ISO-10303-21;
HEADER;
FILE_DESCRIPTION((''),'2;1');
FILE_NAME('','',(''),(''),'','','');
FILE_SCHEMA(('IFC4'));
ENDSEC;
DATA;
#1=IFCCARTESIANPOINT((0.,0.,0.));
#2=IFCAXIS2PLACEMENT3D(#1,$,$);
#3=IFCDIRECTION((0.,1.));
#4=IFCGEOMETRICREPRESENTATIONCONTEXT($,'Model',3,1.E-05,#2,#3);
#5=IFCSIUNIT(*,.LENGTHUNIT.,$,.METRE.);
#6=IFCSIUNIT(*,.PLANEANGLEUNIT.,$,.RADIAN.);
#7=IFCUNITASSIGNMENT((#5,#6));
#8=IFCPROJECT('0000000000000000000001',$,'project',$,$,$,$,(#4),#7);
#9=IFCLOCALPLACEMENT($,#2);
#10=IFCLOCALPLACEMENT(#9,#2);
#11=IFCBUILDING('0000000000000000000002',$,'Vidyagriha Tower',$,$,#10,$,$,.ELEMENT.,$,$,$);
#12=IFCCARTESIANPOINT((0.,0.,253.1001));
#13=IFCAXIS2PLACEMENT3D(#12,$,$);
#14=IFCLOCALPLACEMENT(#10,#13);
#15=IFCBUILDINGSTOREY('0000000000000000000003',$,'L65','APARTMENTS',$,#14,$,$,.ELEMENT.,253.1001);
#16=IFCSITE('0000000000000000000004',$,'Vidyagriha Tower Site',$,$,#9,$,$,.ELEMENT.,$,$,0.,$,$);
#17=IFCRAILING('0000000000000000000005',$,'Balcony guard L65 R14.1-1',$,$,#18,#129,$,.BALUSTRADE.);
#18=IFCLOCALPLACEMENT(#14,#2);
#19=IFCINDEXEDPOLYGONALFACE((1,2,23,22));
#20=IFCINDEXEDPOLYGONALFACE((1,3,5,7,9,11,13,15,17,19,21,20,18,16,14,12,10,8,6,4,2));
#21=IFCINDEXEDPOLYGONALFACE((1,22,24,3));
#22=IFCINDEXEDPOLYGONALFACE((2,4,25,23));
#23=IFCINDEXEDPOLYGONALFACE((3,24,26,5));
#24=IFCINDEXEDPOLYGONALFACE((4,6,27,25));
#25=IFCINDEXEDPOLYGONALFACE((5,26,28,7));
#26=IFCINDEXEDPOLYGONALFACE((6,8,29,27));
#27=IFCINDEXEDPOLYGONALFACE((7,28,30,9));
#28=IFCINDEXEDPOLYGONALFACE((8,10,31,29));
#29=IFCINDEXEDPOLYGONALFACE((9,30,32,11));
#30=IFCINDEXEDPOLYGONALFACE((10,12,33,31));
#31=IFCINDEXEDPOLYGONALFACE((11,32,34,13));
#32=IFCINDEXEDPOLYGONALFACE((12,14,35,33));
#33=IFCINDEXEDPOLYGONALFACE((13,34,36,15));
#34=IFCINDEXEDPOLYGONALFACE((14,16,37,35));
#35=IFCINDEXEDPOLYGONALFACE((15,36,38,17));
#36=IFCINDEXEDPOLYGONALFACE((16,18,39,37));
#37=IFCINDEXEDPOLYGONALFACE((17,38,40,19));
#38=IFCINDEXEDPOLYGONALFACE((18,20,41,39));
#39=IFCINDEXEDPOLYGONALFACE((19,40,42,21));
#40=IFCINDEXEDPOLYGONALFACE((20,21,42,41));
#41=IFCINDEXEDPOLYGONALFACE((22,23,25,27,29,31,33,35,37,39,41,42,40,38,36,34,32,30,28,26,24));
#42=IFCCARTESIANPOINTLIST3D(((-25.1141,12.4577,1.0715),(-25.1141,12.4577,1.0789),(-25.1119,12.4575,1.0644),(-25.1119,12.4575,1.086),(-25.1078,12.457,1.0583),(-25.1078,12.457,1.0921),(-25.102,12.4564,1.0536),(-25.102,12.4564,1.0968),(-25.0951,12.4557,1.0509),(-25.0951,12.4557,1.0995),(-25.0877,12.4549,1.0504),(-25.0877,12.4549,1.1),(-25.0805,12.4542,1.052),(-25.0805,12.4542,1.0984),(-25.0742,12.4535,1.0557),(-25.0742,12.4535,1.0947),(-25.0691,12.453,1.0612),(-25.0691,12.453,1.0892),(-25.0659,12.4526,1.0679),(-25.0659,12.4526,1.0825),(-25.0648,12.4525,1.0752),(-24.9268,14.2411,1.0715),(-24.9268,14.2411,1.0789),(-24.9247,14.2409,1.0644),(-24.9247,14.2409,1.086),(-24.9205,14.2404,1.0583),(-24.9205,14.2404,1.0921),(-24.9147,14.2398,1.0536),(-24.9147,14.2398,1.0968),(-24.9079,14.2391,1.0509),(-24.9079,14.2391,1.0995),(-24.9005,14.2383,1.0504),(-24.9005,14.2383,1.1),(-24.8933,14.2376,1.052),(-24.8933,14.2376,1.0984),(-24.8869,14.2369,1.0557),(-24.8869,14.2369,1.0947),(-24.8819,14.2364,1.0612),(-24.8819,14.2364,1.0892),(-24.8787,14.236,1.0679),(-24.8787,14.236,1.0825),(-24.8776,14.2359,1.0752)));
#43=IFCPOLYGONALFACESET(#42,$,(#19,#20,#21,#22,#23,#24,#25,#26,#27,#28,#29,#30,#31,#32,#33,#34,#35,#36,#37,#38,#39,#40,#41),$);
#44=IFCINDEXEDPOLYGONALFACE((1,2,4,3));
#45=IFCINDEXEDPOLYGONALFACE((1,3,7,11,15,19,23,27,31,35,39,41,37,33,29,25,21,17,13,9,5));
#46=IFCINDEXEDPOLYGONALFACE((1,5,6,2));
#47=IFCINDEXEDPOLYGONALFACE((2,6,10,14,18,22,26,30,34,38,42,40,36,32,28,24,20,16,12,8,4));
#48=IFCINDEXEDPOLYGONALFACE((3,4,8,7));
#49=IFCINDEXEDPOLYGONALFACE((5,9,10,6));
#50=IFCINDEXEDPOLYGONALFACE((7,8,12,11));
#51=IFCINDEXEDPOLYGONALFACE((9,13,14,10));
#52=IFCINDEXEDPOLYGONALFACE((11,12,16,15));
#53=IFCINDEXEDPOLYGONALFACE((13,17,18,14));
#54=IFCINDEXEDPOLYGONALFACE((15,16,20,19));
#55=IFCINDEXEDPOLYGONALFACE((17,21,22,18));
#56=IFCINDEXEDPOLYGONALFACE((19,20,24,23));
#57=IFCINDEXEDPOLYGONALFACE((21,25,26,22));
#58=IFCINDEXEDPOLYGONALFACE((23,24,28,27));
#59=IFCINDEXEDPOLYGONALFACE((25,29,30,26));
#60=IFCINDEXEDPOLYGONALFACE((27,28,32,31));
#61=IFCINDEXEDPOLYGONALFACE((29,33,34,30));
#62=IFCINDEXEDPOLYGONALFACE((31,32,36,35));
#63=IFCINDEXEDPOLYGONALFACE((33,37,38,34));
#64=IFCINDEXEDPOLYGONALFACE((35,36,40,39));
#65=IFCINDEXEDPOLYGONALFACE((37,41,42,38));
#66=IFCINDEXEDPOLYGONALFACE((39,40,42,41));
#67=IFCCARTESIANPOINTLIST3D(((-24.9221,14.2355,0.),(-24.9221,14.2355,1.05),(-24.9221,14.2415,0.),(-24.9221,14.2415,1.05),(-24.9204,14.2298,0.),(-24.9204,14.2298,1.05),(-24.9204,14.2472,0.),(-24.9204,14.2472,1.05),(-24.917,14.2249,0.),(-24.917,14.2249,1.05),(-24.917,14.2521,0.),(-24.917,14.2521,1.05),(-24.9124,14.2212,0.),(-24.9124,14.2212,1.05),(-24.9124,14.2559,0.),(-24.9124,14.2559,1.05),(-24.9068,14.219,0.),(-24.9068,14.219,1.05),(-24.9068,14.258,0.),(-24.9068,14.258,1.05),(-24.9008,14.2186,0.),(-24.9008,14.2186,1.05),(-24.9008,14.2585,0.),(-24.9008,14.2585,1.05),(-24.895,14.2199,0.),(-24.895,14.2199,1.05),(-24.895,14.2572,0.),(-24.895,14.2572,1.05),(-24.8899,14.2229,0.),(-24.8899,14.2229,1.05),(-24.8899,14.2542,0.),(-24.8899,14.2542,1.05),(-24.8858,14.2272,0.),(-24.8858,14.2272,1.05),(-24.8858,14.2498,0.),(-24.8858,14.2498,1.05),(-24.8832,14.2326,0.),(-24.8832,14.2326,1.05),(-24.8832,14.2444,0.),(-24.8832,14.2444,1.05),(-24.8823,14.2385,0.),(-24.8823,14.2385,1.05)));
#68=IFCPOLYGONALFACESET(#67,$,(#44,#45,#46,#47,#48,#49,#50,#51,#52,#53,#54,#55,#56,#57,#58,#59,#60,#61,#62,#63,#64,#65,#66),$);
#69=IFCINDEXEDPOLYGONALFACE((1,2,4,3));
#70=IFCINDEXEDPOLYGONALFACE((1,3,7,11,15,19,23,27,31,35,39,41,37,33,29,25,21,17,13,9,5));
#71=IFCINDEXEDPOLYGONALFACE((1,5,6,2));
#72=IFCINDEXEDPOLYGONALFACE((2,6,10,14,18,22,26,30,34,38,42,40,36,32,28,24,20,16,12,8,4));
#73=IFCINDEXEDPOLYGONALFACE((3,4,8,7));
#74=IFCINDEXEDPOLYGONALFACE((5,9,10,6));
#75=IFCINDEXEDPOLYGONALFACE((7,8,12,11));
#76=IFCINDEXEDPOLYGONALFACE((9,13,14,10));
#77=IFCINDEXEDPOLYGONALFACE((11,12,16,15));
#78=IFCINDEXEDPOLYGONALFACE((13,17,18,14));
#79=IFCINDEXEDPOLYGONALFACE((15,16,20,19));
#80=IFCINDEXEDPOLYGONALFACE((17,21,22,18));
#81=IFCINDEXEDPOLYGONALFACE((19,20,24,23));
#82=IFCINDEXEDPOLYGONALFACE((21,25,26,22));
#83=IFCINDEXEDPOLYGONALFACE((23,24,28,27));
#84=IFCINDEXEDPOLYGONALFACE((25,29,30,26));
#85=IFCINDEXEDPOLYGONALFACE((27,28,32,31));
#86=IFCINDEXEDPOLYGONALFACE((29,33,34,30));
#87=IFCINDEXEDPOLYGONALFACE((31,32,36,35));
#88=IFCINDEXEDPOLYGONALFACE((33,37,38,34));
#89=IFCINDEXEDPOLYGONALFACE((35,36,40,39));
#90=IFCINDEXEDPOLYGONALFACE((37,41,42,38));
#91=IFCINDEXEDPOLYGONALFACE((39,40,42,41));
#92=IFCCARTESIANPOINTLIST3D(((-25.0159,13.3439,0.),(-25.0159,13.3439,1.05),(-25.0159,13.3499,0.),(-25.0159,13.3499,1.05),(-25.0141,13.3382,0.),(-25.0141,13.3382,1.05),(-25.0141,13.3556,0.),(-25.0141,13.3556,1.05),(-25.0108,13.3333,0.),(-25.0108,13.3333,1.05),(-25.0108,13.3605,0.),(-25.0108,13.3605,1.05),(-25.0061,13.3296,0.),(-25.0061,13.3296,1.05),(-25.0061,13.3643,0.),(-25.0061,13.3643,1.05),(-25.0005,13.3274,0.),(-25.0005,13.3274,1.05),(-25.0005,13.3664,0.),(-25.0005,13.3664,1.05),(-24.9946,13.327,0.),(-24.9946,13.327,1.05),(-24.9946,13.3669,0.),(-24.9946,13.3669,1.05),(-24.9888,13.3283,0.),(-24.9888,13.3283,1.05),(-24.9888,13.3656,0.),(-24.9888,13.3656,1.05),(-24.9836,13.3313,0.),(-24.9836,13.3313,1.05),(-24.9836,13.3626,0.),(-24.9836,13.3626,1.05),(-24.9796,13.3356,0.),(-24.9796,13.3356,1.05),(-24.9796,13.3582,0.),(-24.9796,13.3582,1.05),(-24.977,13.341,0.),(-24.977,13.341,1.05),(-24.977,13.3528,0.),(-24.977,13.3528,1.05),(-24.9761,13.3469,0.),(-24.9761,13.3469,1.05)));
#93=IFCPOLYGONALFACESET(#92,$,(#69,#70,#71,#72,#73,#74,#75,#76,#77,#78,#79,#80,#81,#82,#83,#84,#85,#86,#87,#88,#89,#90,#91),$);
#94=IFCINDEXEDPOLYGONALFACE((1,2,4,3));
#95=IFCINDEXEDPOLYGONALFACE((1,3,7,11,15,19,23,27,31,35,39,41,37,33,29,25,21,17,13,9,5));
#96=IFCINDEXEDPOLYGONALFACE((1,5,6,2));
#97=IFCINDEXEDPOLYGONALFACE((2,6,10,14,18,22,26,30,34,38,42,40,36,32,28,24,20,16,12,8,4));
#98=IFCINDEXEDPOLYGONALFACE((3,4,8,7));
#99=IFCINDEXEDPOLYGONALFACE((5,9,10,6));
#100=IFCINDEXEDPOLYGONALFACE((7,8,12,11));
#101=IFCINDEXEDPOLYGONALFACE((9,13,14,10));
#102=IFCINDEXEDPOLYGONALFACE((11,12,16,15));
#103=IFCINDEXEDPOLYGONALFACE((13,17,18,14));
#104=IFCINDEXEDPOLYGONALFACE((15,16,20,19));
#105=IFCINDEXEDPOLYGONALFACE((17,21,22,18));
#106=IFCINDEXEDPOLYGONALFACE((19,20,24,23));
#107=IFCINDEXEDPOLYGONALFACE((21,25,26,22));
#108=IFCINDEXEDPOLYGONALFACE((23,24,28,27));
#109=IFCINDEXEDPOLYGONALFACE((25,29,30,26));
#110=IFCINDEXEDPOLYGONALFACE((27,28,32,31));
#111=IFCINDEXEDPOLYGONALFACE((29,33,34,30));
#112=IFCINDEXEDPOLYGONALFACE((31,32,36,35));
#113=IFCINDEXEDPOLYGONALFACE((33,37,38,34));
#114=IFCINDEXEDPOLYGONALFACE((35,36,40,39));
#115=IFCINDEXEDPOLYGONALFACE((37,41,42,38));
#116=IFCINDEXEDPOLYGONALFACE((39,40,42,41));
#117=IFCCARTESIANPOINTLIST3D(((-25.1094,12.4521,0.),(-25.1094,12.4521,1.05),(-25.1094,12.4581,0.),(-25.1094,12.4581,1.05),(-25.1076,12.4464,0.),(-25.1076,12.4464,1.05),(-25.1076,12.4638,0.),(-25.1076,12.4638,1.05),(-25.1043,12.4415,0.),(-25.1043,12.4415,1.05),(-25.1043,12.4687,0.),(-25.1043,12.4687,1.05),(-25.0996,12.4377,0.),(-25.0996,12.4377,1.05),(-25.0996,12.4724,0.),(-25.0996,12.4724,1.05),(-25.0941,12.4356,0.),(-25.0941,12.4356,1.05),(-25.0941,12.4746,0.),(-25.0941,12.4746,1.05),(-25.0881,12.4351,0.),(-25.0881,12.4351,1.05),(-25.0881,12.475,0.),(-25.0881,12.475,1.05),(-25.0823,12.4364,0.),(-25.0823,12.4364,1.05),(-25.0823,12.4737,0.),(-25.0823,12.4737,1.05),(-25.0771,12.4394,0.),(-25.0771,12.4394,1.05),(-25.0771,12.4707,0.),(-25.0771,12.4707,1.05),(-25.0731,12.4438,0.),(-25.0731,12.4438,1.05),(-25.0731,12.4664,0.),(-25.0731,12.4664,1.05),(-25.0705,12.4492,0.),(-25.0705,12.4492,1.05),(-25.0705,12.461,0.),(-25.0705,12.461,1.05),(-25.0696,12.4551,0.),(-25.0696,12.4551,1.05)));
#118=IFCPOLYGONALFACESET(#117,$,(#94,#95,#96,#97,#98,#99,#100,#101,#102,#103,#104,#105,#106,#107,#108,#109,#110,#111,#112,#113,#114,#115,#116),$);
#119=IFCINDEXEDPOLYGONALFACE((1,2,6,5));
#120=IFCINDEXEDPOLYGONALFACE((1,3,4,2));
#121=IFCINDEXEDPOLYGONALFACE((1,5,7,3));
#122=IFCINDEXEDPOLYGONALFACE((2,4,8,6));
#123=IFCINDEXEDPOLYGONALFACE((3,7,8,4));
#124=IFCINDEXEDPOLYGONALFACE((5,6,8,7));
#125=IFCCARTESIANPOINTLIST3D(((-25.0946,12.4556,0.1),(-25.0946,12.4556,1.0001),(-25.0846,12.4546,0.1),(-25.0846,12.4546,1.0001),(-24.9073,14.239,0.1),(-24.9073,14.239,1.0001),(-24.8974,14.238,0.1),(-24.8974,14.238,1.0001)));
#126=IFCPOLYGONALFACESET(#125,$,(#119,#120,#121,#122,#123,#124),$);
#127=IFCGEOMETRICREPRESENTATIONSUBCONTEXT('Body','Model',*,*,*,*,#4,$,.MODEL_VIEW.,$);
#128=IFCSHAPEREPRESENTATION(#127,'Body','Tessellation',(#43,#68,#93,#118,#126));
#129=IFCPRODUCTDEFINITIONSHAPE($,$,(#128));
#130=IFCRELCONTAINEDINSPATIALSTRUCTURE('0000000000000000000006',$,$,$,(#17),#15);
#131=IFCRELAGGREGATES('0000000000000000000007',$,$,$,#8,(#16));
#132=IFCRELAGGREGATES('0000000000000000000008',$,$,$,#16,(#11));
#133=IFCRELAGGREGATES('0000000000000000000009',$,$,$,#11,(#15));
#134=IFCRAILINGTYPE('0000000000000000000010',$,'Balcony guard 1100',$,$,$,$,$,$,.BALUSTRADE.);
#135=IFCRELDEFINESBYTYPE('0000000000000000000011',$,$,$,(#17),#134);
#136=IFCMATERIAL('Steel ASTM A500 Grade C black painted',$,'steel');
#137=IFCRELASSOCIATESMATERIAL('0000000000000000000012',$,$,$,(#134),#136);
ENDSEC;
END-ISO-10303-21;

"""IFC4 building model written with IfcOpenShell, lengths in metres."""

from ifc_helpers import new_model, si_unit, direction, frame, origin, origin_2d, place, context, subcontext, project, spatial, rectangle, circle, extrude, material, type_object, element, save


model = new_model("IFC4")

# Units and contexts
model_context = context("Model", 3, precision=1e-05, world=origin(), true_north=direction((0.0, 1.0)))
body_context = subcontext(model_context, "Body", "Model", "MODEL_VIEW")
ifc_project = project(units=[si_unit("LENGTHUNIT", "METRE"), si_unit("PLANEANGLEUNIT", "RADIAN")], contexts=[model_context])

# Site, building, storey
site_placement = place(None, origin())
site = spatial("IfcSite", under=ifc_project, at=site_placement, Name="Vidyagriha Tower Site", CompositionType="ELEMENT", RefElevation=0.0)
building_placement = place(site_placement, origin())
building = spatial("IfcBuilding", under=site, at=building_placement, Name="Vidyagriha Tower", CompositionType="ELEMENT")
storey_placement = place(building_placement, frame((0.0, 0.0, 253.1001)))
storey = spatial("IfcBuildingStorey", under=building, at=storey_placement, Name="L65", Description="APARTMENTS", CompositionType="ELEMENT", Elevation=253.1001)

# Railing
ifc_material_1 = material(Name="Steel ASTM A500 Grade C black painted", Category="steel")
railing_type_1 = type_object("IfcRailingType", Name="Balcony guard 1100", PredefinedType="BALUSTRADE", material=ifc_material_1)
railing_1_placement = place(storey_placement, frame((-24.9023, 14.2385, 0.0)))
element("IfcRailing", 1, at=railing_1_placement, inside=storey, type_object=railing_type_1, Name="Balcony guard L65 R14.1-1", PredefinedType="BALUSTRADE", context=body_context, shape_type="SweptSolid", body=[
    extrude(circle(Radius=0.0249, at=origin_2d()), frame((0.0, 0.0, 1.0752), z_axis=(-0.104423, -0.994533, 0.0), x_axis=(0.994533, -0.104423, 0.0)), (0.0, 0.0, 1.0), 1.7932),
    extrude(circle(Radius=0.02, at=origin_2d()), origin(), (0.0, 0.0, 1.0), 1.05),
    extrude(circle(Radius=0.02, at=origin_2d()), frame((-0.0938, -0.8916, 0.0)), (0.0, 0.0, 1.0), 1.05),
    extrude(circle(Radius=0.02, at=origin_2d()), frame((-0.1873, -1.7834, 0.0)), (0.0, 0.0, 1.0), 1.05),
    extrude(rectangle(XDim=0.01, YDim=0.9001, at=origin_2d()), frame((0.0, 0.0, 0.55), z_axis=(-0.104423, -0.994533, 0.0), x_axis=(0.994533, -0.104423, 0.0)), (0.0, 0.0, 1.0), 1.7932),
])

save(model, "model.ifc")
